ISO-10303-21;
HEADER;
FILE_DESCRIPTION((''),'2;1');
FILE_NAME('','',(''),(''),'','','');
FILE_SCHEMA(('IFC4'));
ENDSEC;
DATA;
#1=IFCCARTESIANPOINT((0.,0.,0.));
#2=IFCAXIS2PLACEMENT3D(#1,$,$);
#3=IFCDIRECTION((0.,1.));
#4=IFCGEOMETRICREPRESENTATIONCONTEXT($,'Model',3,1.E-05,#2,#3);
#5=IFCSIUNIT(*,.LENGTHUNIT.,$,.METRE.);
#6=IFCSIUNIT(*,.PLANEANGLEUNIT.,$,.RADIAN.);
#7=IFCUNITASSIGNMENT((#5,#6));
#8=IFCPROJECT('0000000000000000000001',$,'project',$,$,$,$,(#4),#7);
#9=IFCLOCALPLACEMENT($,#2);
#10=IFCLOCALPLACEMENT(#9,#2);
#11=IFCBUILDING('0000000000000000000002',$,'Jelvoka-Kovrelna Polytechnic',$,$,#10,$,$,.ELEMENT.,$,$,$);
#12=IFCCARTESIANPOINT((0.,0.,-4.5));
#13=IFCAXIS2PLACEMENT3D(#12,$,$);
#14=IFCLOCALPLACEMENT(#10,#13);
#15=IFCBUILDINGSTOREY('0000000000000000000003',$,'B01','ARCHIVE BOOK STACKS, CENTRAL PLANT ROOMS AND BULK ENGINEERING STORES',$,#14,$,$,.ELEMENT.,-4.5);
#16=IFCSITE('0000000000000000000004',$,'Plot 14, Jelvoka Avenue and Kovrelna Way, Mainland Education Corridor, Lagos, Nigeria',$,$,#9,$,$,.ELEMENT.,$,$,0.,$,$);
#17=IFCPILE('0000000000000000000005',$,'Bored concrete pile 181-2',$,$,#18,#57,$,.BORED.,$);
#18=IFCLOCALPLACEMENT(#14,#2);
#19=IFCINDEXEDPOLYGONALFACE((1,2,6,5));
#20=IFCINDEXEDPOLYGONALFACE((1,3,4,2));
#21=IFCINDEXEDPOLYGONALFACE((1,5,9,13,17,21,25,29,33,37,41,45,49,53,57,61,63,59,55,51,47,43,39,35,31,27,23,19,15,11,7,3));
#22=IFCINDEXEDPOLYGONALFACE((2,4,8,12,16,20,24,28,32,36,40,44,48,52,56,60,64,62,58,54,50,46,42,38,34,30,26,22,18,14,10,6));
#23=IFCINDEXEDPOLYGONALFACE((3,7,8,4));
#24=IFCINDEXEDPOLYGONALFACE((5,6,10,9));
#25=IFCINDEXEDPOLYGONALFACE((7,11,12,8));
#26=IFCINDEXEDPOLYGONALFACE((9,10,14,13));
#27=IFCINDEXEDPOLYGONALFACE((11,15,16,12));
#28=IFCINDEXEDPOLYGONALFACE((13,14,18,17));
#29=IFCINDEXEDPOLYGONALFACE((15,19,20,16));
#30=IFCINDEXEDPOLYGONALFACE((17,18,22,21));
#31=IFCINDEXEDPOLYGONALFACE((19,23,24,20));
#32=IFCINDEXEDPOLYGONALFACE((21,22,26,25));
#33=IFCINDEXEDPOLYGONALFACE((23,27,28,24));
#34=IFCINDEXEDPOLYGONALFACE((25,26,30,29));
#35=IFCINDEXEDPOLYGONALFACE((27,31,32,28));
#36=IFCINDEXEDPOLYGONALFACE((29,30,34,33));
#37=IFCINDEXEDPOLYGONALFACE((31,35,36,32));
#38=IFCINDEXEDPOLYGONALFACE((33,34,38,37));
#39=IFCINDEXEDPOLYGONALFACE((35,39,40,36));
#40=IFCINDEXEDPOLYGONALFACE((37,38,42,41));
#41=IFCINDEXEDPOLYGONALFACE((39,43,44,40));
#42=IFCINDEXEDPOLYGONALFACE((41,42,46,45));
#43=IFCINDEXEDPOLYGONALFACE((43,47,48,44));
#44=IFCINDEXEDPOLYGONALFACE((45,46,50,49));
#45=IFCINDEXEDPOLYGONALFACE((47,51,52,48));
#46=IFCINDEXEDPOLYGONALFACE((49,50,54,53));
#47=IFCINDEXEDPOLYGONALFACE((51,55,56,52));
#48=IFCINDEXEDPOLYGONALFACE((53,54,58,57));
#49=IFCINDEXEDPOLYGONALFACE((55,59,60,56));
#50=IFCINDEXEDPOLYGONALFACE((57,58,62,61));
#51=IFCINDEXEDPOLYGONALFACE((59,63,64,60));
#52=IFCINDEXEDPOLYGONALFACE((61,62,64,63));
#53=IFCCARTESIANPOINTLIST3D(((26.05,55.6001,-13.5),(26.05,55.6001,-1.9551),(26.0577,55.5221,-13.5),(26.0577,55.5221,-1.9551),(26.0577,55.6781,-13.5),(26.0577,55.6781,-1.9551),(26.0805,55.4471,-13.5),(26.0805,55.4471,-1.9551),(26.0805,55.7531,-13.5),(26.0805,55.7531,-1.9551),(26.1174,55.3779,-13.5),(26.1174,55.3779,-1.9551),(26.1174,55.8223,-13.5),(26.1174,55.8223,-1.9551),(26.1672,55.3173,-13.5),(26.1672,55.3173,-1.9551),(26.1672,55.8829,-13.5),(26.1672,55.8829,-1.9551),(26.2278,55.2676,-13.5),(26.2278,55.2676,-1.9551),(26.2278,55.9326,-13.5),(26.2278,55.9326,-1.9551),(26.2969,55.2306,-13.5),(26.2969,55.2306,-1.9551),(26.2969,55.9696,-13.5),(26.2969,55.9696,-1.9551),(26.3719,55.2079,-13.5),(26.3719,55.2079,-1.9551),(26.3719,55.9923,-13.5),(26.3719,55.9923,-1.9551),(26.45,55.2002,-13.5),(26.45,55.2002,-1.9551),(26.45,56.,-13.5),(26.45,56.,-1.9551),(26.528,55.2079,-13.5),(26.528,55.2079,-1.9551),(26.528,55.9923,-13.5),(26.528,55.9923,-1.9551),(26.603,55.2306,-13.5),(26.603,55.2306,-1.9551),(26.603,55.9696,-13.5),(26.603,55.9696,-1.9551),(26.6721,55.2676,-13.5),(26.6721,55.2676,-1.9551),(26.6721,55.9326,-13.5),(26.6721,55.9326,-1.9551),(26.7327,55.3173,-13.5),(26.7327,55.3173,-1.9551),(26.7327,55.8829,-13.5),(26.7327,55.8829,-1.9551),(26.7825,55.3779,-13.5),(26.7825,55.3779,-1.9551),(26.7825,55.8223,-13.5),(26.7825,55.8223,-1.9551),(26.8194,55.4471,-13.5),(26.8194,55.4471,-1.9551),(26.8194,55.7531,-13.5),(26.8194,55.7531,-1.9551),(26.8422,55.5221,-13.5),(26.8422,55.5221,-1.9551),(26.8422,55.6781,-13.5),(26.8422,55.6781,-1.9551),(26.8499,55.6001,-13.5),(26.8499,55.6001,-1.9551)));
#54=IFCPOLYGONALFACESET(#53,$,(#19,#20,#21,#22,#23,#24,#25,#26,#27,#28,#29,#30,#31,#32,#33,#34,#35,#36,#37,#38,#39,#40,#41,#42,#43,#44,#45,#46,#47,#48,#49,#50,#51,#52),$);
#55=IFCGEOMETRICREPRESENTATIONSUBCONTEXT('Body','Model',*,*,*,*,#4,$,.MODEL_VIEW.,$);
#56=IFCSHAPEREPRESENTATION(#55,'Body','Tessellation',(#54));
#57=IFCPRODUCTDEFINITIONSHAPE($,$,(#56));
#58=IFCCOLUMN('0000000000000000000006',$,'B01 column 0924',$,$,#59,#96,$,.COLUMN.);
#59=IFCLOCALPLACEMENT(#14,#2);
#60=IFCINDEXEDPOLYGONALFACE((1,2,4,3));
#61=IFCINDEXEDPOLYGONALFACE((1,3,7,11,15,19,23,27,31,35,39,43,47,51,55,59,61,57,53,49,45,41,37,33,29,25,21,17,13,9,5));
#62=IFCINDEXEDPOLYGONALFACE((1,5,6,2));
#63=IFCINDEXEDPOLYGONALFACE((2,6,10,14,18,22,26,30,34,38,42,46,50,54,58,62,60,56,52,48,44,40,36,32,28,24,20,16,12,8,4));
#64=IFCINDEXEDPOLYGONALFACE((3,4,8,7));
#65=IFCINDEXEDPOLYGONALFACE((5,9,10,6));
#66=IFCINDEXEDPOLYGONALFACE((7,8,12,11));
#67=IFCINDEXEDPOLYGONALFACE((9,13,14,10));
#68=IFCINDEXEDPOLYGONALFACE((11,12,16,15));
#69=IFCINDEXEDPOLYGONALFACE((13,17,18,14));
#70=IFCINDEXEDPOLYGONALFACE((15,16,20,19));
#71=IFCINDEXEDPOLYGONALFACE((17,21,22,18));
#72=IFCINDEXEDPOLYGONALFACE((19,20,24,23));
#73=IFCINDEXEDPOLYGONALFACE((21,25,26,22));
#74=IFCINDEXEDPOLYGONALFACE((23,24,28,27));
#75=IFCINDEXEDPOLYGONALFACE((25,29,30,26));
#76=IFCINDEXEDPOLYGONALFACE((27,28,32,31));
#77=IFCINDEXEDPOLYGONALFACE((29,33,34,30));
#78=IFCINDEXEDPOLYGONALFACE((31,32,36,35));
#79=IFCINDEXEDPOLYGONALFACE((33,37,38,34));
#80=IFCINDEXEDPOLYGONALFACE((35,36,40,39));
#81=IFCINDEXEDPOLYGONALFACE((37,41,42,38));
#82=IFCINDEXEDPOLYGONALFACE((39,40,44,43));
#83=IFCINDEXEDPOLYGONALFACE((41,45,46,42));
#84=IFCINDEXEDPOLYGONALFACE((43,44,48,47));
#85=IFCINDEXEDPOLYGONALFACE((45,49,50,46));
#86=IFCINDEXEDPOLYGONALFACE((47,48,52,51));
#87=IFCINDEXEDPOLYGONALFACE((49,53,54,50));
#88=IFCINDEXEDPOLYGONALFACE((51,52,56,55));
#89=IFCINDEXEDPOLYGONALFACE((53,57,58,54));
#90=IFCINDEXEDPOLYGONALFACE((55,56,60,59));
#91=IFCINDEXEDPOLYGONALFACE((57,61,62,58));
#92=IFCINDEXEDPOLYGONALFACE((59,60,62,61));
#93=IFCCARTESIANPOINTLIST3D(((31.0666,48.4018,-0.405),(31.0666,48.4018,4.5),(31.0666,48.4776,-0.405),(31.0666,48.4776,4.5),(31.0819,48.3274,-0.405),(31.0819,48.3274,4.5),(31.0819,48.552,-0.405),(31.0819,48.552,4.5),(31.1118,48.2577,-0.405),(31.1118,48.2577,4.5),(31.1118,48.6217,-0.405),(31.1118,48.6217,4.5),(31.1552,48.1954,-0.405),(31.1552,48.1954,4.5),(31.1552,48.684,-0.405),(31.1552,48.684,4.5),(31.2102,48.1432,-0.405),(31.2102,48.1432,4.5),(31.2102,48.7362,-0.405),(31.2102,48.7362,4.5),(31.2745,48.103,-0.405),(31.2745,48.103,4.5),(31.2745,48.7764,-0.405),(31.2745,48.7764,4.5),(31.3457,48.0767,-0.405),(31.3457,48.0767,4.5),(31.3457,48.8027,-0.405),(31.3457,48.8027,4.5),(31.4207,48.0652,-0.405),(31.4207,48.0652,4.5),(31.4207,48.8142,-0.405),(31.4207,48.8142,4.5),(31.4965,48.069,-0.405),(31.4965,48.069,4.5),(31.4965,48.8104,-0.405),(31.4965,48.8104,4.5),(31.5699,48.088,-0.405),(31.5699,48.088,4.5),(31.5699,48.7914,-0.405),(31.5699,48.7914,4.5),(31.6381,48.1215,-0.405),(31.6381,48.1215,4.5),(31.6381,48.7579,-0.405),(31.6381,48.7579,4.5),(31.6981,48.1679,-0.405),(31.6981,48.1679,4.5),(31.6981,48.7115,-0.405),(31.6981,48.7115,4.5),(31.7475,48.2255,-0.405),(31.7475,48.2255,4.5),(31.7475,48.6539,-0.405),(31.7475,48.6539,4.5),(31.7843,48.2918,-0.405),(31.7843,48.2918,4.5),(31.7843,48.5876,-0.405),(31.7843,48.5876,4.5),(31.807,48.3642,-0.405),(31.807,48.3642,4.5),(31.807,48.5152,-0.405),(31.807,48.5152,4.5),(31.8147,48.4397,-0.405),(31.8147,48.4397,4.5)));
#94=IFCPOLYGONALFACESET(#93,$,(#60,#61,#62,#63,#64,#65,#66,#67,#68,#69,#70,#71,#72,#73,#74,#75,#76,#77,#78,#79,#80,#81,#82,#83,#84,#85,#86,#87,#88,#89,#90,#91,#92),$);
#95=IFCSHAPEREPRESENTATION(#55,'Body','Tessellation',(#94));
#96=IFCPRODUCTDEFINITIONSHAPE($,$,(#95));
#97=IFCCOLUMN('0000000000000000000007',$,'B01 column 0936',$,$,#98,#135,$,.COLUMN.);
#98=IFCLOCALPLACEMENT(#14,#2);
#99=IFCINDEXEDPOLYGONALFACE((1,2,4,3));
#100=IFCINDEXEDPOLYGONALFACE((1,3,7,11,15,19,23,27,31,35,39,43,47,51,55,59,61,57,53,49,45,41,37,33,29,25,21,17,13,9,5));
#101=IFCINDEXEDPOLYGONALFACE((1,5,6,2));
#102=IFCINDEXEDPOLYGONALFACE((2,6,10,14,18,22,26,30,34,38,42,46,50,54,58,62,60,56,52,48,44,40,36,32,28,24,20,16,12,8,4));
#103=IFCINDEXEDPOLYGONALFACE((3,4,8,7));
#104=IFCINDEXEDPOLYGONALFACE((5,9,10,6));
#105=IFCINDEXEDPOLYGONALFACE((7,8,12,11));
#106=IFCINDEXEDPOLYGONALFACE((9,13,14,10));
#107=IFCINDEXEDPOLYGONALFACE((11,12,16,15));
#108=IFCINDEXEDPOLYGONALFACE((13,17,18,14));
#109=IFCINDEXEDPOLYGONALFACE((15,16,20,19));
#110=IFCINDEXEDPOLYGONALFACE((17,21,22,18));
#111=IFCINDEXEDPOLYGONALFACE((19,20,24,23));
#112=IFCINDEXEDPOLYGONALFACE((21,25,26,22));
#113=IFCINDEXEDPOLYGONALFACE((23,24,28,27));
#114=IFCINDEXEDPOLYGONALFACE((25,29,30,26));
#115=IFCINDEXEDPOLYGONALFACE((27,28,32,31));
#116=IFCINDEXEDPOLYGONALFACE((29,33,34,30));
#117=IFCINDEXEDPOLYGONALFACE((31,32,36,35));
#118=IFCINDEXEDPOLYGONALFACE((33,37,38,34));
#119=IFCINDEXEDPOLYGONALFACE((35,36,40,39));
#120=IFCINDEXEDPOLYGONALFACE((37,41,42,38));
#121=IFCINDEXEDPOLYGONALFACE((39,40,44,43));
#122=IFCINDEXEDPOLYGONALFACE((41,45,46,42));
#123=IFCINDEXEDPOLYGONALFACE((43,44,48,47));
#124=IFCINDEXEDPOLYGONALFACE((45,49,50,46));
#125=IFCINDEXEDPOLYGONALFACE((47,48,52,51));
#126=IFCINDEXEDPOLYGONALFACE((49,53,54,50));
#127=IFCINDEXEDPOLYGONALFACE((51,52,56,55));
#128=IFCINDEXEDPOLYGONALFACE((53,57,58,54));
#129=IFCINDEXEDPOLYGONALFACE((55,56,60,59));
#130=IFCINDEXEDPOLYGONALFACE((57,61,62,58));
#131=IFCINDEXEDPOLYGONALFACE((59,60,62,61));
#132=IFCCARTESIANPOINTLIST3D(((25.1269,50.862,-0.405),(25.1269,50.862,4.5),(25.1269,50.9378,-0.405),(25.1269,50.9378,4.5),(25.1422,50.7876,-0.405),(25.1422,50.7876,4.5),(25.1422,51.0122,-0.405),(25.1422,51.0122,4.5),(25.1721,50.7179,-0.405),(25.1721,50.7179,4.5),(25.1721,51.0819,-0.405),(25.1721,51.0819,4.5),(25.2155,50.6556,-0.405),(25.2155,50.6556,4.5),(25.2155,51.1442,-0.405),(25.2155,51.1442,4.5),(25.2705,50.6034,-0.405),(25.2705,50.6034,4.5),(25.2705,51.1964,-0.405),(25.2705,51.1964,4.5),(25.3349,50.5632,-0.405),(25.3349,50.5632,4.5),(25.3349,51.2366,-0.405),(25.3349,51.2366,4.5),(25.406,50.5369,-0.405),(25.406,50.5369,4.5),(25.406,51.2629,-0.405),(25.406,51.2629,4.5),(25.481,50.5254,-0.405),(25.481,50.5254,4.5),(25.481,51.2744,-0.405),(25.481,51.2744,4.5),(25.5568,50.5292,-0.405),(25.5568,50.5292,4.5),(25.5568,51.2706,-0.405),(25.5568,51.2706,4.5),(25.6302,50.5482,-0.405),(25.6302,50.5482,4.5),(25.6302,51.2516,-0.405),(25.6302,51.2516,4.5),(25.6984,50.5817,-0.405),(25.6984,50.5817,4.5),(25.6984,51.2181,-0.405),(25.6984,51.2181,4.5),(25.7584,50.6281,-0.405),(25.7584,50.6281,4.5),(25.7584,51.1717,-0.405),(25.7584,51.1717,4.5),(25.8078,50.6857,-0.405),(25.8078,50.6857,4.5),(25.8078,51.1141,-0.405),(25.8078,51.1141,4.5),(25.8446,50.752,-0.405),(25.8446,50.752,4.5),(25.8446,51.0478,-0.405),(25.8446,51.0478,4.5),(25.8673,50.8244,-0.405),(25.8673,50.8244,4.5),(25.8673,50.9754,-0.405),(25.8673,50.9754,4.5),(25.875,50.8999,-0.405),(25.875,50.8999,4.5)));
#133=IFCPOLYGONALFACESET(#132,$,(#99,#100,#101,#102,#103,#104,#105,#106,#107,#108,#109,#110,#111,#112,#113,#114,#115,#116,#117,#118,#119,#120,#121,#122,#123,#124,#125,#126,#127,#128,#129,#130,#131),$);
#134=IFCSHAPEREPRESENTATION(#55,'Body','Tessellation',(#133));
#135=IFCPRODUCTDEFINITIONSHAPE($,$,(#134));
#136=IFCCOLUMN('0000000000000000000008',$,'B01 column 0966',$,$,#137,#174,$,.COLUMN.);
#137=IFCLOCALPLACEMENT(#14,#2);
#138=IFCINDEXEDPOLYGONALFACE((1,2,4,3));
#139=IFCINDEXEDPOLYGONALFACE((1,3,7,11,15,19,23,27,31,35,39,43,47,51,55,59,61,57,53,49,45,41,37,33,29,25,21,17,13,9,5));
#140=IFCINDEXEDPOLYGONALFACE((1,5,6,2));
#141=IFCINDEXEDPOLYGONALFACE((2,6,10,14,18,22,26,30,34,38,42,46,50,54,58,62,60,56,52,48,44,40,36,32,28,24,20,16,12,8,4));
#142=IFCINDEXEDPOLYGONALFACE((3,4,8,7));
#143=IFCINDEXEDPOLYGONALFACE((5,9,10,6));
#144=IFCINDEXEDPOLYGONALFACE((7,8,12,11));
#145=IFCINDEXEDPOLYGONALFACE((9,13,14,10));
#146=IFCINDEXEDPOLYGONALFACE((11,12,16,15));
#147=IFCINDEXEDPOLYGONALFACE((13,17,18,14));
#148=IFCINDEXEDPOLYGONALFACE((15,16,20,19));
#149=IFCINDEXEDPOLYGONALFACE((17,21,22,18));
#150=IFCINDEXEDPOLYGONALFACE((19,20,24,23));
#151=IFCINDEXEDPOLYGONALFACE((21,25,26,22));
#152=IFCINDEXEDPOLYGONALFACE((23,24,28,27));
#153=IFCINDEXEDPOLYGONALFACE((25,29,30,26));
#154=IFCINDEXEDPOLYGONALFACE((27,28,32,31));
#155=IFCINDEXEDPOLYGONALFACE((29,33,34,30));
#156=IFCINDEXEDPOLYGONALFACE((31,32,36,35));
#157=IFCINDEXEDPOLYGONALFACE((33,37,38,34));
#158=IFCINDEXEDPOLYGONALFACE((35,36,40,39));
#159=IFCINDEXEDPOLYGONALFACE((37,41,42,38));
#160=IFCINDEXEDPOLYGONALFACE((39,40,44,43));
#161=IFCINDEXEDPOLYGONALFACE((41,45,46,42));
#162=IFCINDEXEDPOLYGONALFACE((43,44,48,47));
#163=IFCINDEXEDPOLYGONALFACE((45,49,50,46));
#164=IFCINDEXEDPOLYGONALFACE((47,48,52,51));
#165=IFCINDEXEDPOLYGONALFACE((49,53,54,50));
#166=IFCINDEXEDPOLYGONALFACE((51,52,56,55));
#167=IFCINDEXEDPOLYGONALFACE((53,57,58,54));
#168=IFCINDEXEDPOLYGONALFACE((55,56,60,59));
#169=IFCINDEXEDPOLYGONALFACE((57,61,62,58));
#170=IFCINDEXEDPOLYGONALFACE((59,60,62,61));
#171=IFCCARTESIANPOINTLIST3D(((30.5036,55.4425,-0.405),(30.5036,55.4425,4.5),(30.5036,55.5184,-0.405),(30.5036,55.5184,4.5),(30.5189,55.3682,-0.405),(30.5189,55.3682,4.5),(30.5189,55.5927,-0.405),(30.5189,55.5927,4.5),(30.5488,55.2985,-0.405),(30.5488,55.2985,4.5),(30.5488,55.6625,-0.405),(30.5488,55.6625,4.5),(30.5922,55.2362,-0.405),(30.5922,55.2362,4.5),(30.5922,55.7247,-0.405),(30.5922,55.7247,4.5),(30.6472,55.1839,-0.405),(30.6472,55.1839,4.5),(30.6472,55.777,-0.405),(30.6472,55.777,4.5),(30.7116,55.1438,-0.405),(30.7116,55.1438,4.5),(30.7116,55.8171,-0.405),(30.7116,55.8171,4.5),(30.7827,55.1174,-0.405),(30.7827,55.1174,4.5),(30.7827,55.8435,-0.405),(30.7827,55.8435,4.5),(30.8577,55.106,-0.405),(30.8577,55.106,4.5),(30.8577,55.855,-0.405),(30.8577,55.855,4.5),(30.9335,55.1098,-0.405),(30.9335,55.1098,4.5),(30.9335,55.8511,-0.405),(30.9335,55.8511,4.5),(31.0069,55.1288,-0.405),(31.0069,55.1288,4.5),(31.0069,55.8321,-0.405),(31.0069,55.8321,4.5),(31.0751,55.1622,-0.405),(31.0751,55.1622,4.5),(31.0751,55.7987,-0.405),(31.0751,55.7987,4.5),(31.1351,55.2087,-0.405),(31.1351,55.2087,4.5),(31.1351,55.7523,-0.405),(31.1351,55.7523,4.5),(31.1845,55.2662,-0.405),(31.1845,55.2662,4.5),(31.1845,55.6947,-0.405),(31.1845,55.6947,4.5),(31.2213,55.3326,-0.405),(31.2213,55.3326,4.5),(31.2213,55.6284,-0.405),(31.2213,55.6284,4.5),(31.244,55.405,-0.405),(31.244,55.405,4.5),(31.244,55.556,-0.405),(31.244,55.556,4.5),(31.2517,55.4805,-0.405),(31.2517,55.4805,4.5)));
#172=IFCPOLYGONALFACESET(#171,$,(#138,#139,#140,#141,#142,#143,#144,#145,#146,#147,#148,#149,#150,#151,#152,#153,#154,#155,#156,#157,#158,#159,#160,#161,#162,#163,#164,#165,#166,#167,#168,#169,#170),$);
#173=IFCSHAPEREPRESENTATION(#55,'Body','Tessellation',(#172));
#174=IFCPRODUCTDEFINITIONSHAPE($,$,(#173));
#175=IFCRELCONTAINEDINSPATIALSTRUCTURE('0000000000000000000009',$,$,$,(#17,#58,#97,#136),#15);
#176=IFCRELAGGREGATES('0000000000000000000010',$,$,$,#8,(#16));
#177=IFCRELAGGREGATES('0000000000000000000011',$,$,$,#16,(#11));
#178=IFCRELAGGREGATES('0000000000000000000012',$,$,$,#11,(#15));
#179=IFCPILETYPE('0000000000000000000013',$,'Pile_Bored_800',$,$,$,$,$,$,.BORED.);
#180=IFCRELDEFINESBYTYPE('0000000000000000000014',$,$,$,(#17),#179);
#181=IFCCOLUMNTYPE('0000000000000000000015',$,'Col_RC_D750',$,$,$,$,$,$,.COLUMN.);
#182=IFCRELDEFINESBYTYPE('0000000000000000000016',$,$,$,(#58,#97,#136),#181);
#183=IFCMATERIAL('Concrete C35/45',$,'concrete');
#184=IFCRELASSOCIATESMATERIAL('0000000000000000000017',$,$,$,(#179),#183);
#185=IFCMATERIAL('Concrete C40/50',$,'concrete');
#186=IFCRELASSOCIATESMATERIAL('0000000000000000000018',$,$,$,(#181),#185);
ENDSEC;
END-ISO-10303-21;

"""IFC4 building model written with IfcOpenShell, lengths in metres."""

from ifc_helpers import new_model, si_unit, direction, frame, origin, origin_2d, place, context, subcontext, project, spatial, circle, extrude, material, material_profile, profile_set, type_object, element, save


model = new_model("IFC4")

# Units and contexts
model_context = context("Model", 3, precision=1e-05, world=origin(), true_north=direction((0.0, 1.0)))
body_context = subcontext(model_context, "Body", "Model", "MODEL_VIEW")
ifc_project = project(units=[si_unit("LENGTHUNIT", "METRE"), si_unit("PLANEANGLEUNIT", "RADIAN")], contexts=[model_context])

# Site, building, storey
site_placement = place(None, origin())
site = spatial("IfcSite", under=ifc_project, at=site_placement, Name="Plot 14, Jelvoka Avenue and Kovrelna Way, Mainland Education Corridor, Lagos, Nigeria", CompositionType="ELEMENT", RefElevation=0.0)
building_placement = place(site_placement, origin())
building = spatial("IfcBuilding", under=site, at=building_placement, Name="Jelvoka-Kovrelna Polytechnic", CompositionType="ELEMENT")
storey_placement = place(building_placement, frame((0.0, 0.0, -4.5)))
storey = spatial("IfcBuildingStorey", under=building, at=storey_placement, Name="B01", Description="ARCHIVE BOOK STACKS, CENTRAL PLANT ROOMS AND BULK ENGINEERING STORES", CompositionType="ELEMENT", Elevation=-4.5)

# Pile
ifc_material_1 = material(Name="Concrete C35/45", Category="concrete")
ifc_material_profile_1 = material_profile(ifc_material_1, circle(Radius=0.3999, at=origin_2d()), Name="PILE D800")
ifc_profile_set_1 = profile_set([ifc_material_profile_1], Name="Concrete C35/45")
pile_type = type_object("IfcPileType", Name="Pile_Bored_800", PredefinedType="BORED", material=ifc_profile_set_1)
for number, where, z_axis, x_axis, name in (
    (1, (26.45, 55.6001, -1.9551), (0.0, 0.0, -1.0), (1.0, 0.0, 0.0), "Bored concrete pile 181-2"),
):
    element("IfcPile", number, at=place(storey_placement, frame(where, z_axis=z_axis, x_axis=x_axis)), inside=storey, type_object=pile_type, Name=name, PredefinedType="BORED", context=body_context, shape_type="SweptSolid", body=[
        extrude(circle(Radius=0.3999, at=origin_2d()), origin(), (0.0, 0.0, 1.0), 11.5449),
    ])

# Columns
ifc_material_2 = material(Name="Concrete C40/50", Category="concrete")
ifc_material_profile_2 = material_profile(ifc_material_2, circle(Radius=0.375, at=origin_2d()), Name="RC D750")
ifc_profile_set_2 = profile_set([ifc_material_profile_2], Name="Concrete C40/50")
column_type = type_object("IfcColumnType", Name="Col_RC_D750", PredefinedType="COLUMN", material=ifc_profile_set_2)
for number, where, z_axis, x_axis, name in (
    (2, (31.4397, 48.4397, -0.405), (0.0, 0.0, 1.0), (1.0, 0.0, 0.0), "B01 column 0924"),
    (3, (25.5, 50.8999, -0.405), (0.0, 0.0, 1.0), (1.0, 0.0, 0.0), "B01 column 0936"),
    (4, (30.8767, 55.4805, -0.405), (0.0, 0.0, 1.0), (1.0, 0.0, 0.0), "B01 column 0966"),
):
    element("IfcColumn", number, at=place(storey_placement, frame(where, z_axis=z_axis, x_axis=x_axis)), inside=storey, type_object=column_type, Name=name, PredefinedType="COLUMN", context=body_context, shape_type="SweptSolid", body=[
        extrude(circle(Radius=0.375, at=origin_2d()), origin(), (0.0, 0.0, 1.0), 4.905),
    ])

save(model, "model.ifc")
